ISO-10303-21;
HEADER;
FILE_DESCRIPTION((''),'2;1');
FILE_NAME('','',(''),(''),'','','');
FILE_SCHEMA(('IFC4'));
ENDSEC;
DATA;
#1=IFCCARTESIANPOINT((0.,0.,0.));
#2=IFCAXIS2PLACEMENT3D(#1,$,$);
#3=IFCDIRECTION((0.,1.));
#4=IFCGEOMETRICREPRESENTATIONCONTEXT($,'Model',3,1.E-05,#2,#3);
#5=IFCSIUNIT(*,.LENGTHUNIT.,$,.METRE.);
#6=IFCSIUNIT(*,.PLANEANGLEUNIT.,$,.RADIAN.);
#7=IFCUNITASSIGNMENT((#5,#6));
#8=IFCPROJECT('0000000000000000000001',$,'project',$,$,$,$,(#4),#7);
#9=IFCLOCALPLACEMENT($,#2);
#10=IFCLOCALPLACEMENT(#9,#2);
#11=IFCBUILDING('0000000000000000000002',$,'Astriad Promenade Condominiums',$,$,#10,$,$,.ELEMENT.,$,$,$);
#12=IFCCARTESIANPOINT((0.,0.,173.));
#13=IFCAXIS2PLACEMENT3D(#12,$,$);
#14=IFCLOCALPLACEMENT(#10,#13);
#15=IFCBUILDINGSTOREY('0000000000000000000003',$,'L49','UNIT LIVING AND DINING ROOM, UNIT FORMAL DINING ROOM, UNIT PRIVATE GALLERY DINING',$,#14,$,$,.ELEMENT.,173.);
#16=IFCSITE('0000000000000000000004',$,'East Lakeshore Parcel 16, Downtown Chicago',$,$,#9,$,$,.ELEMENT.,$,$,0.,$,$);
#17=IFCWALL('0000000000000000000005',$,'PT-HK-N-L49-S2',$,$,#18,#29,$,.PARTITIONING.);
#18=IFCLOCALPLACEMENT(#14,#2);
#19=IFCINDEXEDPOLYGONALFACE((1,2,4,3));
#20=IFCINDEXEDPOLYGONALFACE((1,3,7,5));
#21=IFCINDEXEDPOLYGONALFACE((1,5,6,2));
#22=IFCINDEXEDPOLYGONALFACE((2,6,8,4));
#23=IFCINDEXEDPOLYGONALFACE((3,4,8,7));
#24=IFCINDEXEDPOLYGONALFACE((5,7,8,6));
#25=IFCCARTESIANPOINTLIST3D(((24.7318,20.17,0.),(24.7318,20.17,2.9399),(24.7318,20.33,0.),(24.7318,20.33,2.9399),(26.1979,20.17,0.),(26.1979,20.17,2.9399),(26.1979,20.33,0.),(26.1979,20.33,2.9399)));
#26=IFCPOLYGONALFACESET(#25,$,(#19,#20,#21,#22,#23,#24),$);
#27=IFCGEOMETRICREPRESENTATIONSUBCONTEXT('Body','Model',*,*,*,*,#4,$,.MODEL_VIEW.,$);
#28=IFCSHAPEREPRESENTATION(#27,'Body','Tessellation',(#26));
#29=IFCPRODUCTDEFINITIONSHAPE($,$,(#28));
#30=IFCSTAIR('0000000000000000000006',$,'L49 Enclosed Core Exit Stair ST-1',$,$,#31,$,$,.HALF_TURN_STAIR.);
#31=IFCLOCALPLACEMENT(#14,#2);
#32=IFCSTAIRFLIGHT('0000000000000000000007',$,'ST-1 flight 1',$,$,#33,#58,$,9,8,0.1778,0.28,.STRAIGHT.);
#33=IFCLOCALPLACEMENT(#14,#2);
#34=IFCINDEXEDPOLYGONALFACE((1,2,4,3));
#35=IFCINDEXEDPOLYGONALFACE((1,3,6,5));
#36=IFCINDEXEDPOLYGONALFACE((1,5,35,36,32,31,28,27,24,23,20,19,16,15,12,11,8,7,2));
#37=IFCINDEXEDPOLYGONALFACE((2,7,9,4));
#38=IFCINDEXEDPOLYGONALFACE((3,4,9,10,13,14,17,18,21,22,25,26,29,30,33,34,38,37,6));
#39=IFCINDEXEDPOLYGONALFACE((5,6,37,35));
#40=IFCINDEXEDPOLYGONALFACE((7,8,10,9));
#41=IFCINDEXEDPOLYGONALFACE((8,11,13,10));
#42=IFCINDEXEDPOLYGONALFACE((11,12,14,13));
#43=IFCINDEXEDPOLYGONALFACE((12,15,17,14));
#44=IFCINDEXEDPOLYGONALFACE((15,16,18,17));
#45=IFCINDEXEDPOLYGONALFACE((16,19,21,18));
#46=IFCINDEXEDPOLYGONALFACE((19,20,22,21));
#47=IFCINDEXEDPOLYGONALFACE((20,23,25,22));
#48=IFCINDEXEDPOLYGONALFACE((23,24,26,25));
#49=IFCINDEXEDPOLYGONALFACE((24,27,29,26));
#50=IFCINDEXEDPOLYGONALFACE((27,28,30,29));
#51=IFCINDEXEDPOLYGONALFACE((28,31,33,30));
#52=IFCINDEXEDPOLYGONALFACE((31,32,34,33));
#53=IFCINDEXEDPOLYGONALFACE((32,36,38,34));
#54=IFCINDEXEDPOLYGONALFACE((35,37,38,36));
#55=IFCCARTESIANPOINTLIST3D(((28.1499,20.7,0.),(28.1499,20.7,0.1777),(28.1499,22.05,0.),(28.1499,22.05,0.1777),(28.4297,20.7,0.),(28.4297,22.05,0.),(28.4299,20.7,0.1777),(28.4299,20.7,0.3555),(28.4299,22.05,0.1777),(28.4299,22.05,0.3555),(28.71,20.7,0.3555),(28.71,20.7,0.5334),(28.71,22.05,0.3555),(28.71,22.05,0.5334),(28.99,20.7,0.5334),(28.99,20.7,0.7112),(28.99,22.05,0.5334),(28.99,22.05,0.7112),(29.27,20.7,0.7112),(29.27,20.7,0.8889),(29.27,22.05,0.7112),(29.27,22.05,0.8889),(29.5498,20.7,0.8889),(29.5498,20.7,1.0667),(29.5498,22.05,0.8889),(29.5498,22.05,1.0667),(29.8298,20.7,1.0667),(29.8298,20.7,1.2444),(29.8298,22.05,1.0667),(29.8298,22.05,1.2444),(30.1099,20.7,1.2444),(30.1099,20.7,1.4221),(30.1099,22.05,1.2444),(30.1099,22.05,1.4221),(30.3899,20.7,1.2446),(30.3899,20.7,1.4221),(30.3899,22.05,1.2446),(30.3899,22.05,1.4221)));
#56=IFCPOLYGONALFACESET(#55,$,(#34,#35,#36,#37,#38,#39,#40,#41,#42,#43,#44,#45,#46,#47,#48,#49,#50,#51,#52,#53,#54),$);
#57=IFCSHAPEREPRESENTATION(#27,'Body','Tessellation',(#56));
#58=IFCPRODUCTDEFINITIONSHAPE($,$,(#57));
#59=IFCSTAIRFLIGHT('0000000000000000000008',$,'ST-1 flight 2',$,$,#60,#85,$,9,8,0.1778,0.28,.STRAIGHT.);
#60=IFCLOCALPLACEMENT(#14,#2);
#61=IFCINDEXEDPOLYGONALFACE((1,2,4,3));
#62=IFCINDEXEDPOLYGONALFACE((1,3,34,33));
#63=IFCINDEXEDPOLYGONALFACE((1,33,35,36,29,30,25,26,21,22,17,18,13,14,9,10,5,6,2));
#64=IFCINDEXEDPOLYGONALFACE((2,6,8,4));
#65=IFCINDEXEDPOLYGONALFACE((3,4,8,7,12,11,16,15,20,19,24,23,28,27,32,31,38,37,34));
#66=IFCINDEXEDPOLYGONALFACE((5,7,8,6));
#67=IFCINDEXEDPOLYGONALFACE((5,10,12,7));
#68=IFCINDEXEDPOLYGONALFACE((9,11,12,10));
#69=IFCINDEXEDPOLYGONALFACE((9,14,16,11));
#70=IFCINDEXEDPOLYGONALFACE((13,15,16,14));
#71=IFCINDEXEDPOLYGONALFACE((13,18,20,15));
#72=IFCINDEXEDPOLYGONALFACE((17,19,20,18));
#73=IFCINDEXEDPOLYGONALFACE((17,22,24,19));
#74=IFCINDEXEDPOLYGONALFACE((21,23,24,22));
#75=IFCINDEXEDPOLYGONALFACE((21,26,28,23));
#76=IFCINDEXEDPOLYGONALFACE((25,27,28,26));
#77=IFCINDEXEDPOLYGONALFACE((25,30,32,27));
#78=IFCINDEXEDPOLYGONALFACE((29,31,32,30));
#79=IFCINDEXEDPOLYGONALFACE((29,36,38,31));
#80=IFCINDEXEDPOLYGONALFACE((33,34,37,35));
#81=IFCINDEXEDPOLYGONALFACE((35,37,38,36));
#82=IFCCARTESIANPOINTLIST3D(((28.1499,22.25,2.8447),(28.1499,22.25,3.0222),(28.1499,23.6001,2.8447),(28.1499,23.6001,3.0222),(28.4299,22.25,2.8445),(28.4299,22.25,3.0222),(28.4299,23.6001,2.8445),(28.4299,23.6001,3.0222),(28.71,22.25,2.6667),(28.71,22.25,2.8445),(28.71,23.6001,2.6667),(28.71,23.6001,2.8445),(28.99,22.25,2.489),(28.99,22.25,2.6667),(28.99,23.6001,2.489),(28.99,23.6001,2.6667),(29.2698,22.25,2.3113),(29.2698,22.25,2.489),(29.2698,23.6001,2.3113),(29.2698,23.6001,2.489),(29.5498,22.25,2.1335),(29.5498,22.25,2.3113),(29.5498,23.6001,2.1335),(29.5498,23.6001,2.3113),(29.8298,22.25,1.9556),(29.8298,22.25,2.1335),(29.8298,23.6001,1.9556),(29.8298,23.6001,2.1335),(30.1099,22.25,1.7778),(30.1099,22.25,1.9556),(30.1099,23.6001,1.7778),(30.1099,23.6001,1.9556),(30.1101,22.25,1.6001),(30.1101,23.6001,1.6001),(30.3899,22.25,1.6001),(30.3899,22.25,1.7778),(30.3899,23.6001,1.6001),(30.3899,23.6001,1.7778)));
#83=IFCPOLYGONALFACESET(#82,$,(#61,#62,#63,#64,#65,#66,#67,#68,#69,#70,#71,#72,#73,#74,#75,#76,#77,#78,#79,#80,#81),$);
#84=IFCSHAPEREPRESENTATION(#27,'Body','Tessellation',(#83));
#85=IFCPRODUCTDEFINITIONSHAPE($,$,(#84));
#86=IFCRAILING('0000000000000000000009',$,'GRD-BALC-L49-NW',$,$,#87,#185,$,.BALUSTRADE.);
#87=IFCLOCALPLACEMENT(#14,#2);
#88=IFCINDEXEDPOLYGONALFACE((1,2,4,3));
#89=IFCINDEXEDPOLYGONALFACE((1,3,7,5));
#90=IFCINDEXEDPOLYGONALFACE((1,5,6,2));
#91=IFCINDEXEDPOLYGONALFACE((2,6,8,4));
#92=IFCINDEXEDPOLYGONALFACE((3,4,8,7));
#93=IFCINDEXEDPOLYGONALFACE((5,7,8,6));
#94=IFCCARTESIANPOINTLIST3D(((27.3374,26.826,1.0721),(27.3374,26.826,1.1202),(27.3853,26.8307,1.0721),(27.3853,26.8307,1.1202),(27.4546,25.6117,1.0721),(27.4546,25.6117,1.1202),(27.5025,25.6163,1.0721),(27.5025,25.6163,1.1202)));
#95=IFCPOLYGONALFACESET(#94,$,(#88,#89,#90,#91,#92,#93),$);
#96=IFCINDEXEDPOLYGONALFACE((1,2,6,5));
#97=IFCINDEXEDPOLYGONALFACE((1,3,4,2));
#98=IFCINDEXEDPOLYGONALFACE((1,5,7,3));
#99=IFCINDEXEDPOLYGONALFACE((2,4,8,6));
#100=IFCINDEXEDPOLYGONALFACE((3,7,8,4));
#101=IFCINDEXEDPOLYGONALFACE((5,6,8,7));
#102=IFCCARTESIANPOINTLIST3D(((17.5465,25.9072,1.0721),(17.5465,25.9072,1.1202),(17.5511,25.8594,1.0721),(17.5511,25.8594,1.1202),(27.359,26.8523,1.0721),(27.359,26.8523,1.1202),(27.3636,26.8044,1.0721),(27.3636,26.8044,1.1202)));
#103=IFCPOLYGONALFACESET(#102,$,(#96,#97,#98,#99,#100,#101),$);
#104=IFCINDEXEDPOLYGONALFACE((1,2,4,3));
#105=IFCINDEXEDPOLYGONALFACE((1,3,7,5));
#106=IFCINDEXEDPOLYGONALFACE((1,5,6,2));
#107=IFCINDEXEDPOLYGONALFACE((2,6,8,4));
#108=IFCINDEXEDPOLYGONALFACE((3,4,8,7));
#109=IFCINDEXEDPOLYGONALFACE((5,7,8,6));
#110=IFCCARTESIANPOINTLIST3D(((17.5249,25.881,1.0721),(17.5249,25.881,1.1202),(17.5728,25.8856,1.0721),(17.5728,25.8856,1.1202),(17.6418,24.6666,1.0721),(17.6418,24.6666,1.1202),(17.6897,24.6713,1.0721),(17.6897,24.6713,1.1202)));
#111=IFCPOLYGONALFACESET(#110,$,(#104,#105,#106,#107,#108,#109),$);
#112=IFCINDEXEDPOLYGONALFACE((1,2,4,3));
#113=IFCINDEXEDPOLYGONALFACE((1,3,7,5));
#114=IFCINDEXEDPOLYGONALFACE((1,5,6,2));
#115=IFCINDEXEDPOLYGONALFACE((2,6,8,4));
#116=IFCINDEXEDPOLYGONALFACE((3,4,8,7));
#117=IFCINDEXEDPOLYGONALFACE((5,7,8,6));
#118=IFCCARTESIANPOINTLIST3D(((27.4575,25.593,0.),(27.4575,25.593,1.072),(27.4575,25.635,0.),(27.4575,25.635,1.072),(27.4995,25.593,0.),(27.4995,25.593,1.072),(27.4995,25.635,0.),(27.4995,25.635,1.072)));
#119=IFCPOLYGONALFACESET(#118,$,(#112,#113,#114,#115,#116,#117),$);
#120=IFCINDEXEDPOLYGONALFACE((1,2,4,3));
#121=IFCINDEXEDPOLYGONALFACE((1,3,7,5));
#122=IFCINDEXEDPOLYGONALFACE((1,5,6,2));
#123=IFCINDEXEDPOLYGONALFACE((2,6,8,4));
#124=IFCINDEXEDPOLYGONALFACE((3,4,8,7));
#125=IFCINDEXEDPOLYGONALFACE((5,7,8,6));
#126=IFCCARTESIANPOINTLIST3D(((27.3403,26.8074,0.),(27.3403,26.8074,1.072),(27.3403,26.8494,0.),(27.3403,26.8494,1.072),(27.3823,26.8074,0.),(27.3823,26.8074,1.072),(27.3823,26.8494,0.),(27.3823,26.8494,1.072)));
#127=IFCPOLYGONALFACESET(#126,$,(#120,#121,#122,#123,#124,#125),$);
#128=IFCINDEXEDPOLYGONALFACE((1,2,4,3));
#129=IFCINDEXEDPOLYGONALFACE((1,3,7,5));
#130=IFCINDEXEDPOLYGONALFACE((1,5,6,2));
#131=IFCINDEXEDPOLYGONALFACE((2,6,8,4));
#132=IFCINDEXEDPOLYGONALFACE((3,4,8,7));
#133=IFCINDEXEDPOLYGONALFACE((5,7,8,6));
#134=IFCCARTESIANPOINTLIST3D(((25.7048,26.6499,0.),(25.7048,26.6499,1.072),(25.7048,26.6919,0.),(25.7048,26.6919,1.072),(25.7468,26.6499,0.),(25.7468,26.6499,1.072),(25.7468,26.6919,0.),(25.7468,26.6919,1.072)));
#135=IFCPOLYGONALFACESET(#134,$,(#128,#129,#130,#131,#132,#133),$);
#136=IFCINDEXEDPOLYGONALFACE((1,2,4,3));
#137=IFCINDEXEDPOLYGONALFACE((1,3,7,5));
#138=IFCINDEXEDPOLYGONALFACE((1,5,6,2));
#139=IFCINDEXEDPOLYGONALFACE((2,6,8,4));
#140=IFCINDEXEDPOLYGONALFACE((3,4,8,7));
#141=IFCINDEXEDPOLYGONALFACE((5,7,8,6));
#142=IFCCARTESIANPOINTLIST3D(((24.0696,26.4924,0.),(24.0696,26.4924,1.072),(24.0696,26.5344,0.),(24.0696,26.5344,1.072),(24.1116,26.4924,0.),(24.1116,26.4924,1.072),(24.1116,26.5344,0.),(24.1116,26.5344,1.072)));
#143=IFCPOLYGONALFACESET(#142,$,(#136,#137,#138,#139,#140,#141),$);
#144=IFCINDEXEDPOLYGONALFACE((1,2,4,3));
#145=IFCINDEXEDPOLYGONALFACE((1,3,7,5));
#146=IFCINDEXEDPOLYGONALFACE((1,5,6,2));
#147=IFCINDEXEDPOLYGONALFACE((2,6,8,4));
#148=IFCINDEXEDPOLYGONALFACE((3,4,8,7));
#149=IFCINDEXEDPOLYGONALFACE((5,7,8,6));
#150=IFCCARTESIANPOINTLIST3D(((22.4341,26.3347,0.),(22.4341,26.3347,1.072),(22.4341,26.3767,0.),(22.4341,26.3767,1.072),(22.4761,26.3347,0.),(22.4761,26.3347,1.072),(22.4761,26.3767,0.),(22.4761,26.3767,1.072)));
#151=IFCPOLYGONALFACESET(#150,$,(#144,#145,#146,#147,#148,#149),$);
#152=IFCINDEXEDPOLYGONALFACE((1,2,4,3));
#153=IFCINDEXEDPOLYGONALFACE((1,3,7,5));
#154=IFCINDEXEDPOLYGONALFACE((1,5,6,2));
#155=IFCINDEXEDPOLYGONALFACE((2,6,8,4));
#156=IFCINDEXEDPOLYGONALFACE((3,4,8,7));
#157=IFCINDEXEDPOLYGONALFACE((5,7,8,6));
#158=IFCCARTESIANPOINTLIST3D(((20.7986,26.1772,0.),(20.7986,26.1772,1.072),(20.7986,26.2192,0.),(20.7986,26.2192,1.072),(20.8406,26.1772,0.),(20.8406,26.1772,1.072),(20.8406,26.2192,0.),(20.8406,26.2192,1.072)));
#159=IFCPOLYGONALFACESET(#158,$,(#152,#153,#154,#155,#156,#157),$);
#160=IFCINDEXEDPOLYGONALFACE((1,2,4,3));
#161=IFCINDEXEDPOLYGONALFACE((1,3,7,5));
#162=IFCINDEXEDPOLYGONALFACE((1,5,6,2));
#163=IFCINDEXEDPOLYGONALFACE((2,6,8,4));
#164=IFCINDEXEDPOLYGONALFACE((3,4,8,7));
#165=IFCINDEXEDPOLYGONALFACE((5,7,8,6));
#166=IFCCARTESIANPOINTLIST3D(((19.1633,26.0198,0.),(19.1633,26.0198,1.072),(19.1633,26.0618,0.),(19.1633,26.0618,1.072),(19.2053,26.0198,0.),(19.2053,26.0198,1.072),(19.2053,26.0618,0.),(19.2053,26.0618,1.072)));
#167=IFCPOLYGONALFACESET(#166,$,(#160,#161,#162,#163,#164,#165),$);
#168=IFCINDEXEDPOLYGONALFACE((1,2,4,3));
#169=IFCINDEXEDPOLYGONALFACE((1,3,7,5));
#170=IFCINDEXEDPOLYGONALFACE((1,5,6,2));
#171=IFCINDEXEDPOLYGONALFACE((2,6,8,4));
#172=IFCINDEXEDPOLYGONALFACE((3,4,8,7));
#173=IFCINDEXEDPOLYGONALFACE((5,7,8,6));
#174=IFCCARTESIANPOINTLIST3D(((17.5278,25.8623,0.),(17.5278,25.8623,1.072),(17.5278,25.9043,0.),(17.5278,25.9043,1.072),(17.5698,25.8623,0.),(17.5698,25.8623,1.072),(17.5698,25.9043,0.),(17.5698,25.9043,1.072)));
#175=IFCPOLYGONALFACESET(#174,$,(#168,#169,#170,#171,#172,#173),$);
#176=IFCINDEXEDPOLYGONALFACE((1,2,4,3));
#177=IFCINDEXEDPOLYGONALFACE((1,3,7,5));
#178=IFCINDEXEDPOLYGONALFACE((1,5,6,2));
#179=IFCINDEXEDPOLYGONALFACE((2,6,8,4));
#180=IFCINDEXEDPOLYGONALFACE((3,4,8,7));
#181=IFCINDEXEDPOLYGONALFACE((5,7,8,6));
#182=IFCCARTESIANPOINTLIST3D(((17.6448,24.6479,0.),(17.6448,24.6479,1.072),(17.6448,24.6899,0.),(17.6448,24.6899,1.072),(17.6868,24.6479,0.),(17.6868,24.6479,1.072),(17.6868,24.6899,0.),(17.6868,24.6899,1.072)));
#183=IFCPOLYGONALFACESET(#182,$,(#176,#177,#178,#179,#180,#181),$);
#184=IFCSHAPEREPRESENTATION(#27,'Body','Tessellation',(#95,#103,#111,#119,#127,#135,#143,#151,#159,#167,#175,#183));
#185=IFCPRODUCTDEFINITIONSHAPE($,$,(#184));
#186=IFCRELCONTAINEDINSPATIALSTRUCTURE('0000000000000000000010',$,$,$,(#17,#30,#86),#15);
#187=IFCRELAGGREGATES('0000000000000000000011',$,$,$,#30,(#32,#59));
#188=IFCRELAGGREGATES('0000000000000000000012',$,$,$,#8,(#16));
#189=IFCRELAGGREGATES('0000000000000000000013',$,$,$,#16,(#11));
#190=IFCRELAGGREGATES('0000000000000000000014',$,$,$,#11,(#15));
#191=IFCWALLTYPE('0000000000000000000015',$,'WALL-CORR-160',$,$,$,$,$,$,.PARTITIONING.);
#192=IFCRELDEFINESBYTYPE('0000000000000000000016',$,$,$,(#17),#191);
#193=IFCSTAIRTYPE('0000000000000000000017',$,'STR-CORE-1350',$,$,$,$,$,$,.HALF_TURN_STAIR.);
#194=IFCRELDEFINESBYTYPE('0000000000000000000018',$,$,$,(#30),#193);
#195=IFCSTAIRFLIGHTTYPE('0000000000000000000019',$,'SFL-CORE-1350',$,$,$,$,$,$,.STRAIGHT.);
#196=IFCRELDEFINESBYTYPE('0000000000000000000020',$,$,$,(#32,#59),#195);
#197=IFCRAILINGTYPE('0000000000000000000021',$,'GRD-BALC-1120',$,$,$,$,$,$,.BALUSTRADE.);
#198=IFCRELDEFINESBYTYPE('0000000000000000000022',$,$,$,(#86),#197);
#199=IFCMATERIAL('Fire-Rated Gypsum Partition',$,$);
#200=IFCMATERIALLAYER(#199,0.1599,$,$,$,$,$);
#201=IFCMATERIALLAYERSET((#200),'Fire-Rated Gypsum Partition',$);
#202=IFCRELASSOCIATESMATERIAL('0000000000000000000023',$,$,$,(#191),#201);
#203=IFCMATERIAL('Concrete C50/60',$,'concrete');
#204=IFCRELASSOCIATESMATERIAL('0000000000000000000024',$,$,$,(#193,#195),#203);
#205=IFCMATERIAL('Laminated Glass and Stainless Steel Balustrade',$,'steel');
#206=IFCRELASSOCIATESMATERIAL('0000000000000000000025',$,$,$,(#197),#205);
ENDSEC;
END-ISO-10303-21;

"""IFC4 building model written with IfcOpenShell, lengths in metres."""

from ifc_helpers import new_model, si_unit, direction, frame, frame_2d, origin, origin_2d, place, context, subcontext, project, spatial, polyline, rectangle, outline, extrude, source, transform, mapped, material, layer, layer_set, type_object, type_shapes, element, aggregate, save


model = new_model("IFC4")

# Units and contexts
model_context = context("Model", 3, precision=1e-05, world=origin(), true_north=direction((0.0, 1.0)))
body_context = subcontext(model_context, "Body", "Model", "MODEL_VIEW")
ifc_project = project(units=[si_unit("LENGTHUNIT", "METRE"), si_unit("PLANEANGLEUNIT", "RADIAN")], contexts=[model_context])

# Site, building, storey
site_placement = place(None, origin())
site = spatial("IfcSite", under=ifc_project, at=site_placement, Name="East Lakeshore Parcel 16, Downtown Chicago", CompositionType="ELEMENT", RefElevation=0.0)
building_placement = place(site_placement, origin())
building = spatial("IfcBuilding", under=site, at=building_placement, Name="Astriad Promenade Condominiums", CompositionType="ELEMENT")
storey_placement = place(building_placement, frame((0.0, 0.0, 173.0)))
storey = spatial("IfcBuildingStorey", under=building, at=storey_placement, Name="L49", Description="UNIT LIVING AND DINING ROOM, UNIT FORMAL DINING ROOM, UNIT PRIVATE GALLERY DINING", CompositionType="ELEMENT", Elevation=173.0)

# Shared definitions
ifc_material_1 = material(Name="Concrete C50/60", Category="concrete")

# Shared definitions
ifc_material_2 = material(Name="Fire-Rated Gypsum Partition")
ifc_layer_1 = layer(ifc_material_2, 0.1599)
ifc_layer_set_1 = layer_set([ifc_layer_1], Name="Fire-Rated Gypsum Partition")
wall_type_1 = type_object("IfcWallType", Name="WALL-CORR-160", PredefinedType="PARTITIONING", material=ifc_layer_set_1)

# Wall
wall_1_placement = place(storey_placement, frame((24.7319, 20.25, 0.0), z_axis=(0.0, 0.0, 1.0), x_axis=(1.0, 0.0, 0.0)))
element("IfcWall", 1, at=wall_1_placement, inside=storey, type_object=wall_type_1, Name="PT-HK-N-L49-S2", PredefinedType="PARTITIONING", context=body_context, shape_type="SweptSolid", body=[
    extrude(rectangle(XDim=1.4661, YDim=0.1599, at=frame_2d((0.7329, 0.0))), origin(), (0.0, 0.0, 1.0), 2.9399),
])

# Stair, stair flights
stair_type = type_object("IfcStairType", Name="STR-CORE-1350", PredefinedType="HALF_TURN_STAIR", material=ifc_material_1)
stair_placement = place(storey_placement, origin())
stair = element("IfcStair", 2, at=stair_placement, inside=storey, type_object=stair_type, Name="L49 Enclosed Core Exit Stair ST-1", PredefinedType="HALF_TURN_STAIR")
stair_flight_type = type_object("IfcStairFlightType", Name="SFL-CORE-1350", PredefinedType="STRAIGHT", material=ifc_material_1)
shared_shape_1 = source(origin(), body_context, "Body", "SweptSolid", [
    extrude(outline(polyline([(0.0, 0.0), (0.0, 0.1777), (0.28, 0.1777), (0.28, 0.3555), (0.5601, 0.3555), (0.5601, 0.5334), (0.8401, 0.5334), (0.8401, 0.7112), (1.1201, 0.7112), (1.1201, 0.8889), (1.3999, 0.8889), (1.3999, 1.0667), (1.6799, 1.0667), (1.6799, 1.2444), (1.96, 1.2444), (1.96, 1.4221), (2.24, 1.4221), (2.24, 1.6001), (2.24, 1.2446), (0.2798, 0.0), (0.0, 0.0)])), frame((0.0, 0.675, 0.0), z_axis=(0.0, -1.0, 0.0), x_axis=(1.0, 0.0, 0.0)), (0.0, 0.0, 1.0), 1.3501),
])
type_shapes(stair_flight_type, [shared_shape_1])
stair_flight_1_placement = place(storey_placement, frame((28.1499, 21.375, 0.0), z_axis=(0.0, 0.0, 1.0), x_axis=(1.0, 0.0, 0.0)))
stair_flight_1 = element("IfcStairFlight", 3, at=stair_flight_1_placement, type_object=stair_flight_type, Name="ST-1 flight 1", NumberOfRisers=9, NumberOfTreads=8, PredefinedType="STRAIGHT", RiserHeight=0.1778, TreadLength=0.28, context=body_context, shape_type="MappedRepresentation", body=[
    mapped(shared_shape_1, transform((0.0, 0.0, 0.0), scale=1.0)),
])
stair_flight_2_placement = place(storey_placement, frame((30.3899, 22.925, 1.6001), z_axis=(0.0, 0.0, 1.0), x_axis=(-1.0, 0.0, 0.0)))
stair_flight_2 = element("IfcStairFlight", 4, at=stair_flight_2_placement, type_object=stair_flight_type, Name="ST-1 flight 2", NumberOfRisers=9, NumberOfTreads=8, PredefinedType="STRAIGHT", RiserHeight=0.1778, TreadLength=0.28, context=body_context, shape_type="MappedRepresentation", body=[
    mapped(shared_shape_1, transform((0.0, 0.0, 0.0), scale=1.0)),
])
aggregate(stair, [stair_flight_1, stair_flight_2])

# Railing
ifc_material_3 = material(Name="Laminated Glass and Stainless Steel Balustrade", Category="steel")
railing_type_1 = type_object("IfcRailingType", Name="GRD-BALC-1120", PredefinedType="BALUSTRADE", material=ifc_material_3)
shared_shape_2 = source(origin(), body_context, "Body", "SweptSolid", [
    extrude(rectangle(XDim=0.0481, YDim=0.0481, at=origin_2d()), frame((0.0, 0.0, 1.0962), z_axis=(-0.096056, 0.995376, 0.0), x_axis=(-0.995376, -0.096056, 0.0)), (0.0, 0.0, 1.0), 1.22),
    extrude(rectangle(XDim=0.0481, YDim=0.0481, at=origin_2d()), frame((-0.1172, 1.2144, 1.0962), z_axis=(-0.995394, -0.095869, 0.0), x_axis=(0.095869, -0.995394, 0.0)), (0.0, 0.0, 1.0), 9.8579),
    extrude(rectangle(XDim=0.0481, YDim=0.0481, at=origin_2d()), frame((-9.9297, 0.2693, 1.0962), z_axis=(0.095857, -0.995395, 0.0), x_axis=(0.995395, 0.095857, 0.0)), (0.0, 0.0, 1.0), 1.22),
    extrude(rectangle(XDim=0.042, YDim=0.042, at=origin_2d()), origin(), (0.0, 0.0, 1.0), 1.072),
    extrude(rectangle(XDim=0.042, YDim=0.042, at=origin_2d()), frame((-0.1172, 1.2144, 0.0)), (0.0, 0.0, 1.0), 1.072),
    extrude(rectangle(XDim=0.042, YDim=0.042, at=origin_2d()), frame((-1.7527, 1.0569, 0.0)), (0.0, 0.0, 1.0), 1.072),
    extrude(rectangle(XDim=0.042, YDim=0.042, at=origin_2d()), frame((-3.3879, 0.8994, 0.0)), (0.0, 0.0, 1.0), 1.072),
    extrude(rectangle(XDim=0.042, YDim=0.042, at=origin_2d()), frame((-5.0234, 0.7417, 0.0)), (0.0, 0.0, 1.0), 1.072),
    extrude(rectangle(XDim=0.042, YDim=0.042, at=origin_2d()), frame((-6.6589, 0.5842, 0.0)), (0.0, 0.0, 1.0), 1.072),
    extrude(rectangle(XDim=0.042, YDim=0.042, at=origin_2d()), frame((-8.2942, 0.4268, 0.0)), (0.0, 0.0, 1.0), 1.072),
    extrude(rectangle(XDim=0.042, YDim=0.042, at=origin_2d()), frame((-9.9297, 0.2693, 0.0)), (0.0, 0.0, 1.0), 1.072),
    extrude(rectangle(XDim=0.042, YDim=0.042, at=origin_2d()), frame((-9.8127, -0.9451, 0.0)), (0.0, 0.0, 1.0), 1.072),
])
type_shapes(railing_type_1, [shared_shape_2])
railing_1_placement = place(storey_placement, frame((27.4785, 25.614, 0.0)))
element("IfcRailing", 5, at=railing_1_placement, inside=storey, type_object=railing_type_1, Name="GRD-BALC-L49-NW", PredefinedType="BALUSTRADE", context=body_context, shape_type="MappedRepresentation", body=[
    mapped(shared_shape_2, transform((0.0, 0.0, 0.0), scale=1.0)),
])

save(model, "model.ifc")
